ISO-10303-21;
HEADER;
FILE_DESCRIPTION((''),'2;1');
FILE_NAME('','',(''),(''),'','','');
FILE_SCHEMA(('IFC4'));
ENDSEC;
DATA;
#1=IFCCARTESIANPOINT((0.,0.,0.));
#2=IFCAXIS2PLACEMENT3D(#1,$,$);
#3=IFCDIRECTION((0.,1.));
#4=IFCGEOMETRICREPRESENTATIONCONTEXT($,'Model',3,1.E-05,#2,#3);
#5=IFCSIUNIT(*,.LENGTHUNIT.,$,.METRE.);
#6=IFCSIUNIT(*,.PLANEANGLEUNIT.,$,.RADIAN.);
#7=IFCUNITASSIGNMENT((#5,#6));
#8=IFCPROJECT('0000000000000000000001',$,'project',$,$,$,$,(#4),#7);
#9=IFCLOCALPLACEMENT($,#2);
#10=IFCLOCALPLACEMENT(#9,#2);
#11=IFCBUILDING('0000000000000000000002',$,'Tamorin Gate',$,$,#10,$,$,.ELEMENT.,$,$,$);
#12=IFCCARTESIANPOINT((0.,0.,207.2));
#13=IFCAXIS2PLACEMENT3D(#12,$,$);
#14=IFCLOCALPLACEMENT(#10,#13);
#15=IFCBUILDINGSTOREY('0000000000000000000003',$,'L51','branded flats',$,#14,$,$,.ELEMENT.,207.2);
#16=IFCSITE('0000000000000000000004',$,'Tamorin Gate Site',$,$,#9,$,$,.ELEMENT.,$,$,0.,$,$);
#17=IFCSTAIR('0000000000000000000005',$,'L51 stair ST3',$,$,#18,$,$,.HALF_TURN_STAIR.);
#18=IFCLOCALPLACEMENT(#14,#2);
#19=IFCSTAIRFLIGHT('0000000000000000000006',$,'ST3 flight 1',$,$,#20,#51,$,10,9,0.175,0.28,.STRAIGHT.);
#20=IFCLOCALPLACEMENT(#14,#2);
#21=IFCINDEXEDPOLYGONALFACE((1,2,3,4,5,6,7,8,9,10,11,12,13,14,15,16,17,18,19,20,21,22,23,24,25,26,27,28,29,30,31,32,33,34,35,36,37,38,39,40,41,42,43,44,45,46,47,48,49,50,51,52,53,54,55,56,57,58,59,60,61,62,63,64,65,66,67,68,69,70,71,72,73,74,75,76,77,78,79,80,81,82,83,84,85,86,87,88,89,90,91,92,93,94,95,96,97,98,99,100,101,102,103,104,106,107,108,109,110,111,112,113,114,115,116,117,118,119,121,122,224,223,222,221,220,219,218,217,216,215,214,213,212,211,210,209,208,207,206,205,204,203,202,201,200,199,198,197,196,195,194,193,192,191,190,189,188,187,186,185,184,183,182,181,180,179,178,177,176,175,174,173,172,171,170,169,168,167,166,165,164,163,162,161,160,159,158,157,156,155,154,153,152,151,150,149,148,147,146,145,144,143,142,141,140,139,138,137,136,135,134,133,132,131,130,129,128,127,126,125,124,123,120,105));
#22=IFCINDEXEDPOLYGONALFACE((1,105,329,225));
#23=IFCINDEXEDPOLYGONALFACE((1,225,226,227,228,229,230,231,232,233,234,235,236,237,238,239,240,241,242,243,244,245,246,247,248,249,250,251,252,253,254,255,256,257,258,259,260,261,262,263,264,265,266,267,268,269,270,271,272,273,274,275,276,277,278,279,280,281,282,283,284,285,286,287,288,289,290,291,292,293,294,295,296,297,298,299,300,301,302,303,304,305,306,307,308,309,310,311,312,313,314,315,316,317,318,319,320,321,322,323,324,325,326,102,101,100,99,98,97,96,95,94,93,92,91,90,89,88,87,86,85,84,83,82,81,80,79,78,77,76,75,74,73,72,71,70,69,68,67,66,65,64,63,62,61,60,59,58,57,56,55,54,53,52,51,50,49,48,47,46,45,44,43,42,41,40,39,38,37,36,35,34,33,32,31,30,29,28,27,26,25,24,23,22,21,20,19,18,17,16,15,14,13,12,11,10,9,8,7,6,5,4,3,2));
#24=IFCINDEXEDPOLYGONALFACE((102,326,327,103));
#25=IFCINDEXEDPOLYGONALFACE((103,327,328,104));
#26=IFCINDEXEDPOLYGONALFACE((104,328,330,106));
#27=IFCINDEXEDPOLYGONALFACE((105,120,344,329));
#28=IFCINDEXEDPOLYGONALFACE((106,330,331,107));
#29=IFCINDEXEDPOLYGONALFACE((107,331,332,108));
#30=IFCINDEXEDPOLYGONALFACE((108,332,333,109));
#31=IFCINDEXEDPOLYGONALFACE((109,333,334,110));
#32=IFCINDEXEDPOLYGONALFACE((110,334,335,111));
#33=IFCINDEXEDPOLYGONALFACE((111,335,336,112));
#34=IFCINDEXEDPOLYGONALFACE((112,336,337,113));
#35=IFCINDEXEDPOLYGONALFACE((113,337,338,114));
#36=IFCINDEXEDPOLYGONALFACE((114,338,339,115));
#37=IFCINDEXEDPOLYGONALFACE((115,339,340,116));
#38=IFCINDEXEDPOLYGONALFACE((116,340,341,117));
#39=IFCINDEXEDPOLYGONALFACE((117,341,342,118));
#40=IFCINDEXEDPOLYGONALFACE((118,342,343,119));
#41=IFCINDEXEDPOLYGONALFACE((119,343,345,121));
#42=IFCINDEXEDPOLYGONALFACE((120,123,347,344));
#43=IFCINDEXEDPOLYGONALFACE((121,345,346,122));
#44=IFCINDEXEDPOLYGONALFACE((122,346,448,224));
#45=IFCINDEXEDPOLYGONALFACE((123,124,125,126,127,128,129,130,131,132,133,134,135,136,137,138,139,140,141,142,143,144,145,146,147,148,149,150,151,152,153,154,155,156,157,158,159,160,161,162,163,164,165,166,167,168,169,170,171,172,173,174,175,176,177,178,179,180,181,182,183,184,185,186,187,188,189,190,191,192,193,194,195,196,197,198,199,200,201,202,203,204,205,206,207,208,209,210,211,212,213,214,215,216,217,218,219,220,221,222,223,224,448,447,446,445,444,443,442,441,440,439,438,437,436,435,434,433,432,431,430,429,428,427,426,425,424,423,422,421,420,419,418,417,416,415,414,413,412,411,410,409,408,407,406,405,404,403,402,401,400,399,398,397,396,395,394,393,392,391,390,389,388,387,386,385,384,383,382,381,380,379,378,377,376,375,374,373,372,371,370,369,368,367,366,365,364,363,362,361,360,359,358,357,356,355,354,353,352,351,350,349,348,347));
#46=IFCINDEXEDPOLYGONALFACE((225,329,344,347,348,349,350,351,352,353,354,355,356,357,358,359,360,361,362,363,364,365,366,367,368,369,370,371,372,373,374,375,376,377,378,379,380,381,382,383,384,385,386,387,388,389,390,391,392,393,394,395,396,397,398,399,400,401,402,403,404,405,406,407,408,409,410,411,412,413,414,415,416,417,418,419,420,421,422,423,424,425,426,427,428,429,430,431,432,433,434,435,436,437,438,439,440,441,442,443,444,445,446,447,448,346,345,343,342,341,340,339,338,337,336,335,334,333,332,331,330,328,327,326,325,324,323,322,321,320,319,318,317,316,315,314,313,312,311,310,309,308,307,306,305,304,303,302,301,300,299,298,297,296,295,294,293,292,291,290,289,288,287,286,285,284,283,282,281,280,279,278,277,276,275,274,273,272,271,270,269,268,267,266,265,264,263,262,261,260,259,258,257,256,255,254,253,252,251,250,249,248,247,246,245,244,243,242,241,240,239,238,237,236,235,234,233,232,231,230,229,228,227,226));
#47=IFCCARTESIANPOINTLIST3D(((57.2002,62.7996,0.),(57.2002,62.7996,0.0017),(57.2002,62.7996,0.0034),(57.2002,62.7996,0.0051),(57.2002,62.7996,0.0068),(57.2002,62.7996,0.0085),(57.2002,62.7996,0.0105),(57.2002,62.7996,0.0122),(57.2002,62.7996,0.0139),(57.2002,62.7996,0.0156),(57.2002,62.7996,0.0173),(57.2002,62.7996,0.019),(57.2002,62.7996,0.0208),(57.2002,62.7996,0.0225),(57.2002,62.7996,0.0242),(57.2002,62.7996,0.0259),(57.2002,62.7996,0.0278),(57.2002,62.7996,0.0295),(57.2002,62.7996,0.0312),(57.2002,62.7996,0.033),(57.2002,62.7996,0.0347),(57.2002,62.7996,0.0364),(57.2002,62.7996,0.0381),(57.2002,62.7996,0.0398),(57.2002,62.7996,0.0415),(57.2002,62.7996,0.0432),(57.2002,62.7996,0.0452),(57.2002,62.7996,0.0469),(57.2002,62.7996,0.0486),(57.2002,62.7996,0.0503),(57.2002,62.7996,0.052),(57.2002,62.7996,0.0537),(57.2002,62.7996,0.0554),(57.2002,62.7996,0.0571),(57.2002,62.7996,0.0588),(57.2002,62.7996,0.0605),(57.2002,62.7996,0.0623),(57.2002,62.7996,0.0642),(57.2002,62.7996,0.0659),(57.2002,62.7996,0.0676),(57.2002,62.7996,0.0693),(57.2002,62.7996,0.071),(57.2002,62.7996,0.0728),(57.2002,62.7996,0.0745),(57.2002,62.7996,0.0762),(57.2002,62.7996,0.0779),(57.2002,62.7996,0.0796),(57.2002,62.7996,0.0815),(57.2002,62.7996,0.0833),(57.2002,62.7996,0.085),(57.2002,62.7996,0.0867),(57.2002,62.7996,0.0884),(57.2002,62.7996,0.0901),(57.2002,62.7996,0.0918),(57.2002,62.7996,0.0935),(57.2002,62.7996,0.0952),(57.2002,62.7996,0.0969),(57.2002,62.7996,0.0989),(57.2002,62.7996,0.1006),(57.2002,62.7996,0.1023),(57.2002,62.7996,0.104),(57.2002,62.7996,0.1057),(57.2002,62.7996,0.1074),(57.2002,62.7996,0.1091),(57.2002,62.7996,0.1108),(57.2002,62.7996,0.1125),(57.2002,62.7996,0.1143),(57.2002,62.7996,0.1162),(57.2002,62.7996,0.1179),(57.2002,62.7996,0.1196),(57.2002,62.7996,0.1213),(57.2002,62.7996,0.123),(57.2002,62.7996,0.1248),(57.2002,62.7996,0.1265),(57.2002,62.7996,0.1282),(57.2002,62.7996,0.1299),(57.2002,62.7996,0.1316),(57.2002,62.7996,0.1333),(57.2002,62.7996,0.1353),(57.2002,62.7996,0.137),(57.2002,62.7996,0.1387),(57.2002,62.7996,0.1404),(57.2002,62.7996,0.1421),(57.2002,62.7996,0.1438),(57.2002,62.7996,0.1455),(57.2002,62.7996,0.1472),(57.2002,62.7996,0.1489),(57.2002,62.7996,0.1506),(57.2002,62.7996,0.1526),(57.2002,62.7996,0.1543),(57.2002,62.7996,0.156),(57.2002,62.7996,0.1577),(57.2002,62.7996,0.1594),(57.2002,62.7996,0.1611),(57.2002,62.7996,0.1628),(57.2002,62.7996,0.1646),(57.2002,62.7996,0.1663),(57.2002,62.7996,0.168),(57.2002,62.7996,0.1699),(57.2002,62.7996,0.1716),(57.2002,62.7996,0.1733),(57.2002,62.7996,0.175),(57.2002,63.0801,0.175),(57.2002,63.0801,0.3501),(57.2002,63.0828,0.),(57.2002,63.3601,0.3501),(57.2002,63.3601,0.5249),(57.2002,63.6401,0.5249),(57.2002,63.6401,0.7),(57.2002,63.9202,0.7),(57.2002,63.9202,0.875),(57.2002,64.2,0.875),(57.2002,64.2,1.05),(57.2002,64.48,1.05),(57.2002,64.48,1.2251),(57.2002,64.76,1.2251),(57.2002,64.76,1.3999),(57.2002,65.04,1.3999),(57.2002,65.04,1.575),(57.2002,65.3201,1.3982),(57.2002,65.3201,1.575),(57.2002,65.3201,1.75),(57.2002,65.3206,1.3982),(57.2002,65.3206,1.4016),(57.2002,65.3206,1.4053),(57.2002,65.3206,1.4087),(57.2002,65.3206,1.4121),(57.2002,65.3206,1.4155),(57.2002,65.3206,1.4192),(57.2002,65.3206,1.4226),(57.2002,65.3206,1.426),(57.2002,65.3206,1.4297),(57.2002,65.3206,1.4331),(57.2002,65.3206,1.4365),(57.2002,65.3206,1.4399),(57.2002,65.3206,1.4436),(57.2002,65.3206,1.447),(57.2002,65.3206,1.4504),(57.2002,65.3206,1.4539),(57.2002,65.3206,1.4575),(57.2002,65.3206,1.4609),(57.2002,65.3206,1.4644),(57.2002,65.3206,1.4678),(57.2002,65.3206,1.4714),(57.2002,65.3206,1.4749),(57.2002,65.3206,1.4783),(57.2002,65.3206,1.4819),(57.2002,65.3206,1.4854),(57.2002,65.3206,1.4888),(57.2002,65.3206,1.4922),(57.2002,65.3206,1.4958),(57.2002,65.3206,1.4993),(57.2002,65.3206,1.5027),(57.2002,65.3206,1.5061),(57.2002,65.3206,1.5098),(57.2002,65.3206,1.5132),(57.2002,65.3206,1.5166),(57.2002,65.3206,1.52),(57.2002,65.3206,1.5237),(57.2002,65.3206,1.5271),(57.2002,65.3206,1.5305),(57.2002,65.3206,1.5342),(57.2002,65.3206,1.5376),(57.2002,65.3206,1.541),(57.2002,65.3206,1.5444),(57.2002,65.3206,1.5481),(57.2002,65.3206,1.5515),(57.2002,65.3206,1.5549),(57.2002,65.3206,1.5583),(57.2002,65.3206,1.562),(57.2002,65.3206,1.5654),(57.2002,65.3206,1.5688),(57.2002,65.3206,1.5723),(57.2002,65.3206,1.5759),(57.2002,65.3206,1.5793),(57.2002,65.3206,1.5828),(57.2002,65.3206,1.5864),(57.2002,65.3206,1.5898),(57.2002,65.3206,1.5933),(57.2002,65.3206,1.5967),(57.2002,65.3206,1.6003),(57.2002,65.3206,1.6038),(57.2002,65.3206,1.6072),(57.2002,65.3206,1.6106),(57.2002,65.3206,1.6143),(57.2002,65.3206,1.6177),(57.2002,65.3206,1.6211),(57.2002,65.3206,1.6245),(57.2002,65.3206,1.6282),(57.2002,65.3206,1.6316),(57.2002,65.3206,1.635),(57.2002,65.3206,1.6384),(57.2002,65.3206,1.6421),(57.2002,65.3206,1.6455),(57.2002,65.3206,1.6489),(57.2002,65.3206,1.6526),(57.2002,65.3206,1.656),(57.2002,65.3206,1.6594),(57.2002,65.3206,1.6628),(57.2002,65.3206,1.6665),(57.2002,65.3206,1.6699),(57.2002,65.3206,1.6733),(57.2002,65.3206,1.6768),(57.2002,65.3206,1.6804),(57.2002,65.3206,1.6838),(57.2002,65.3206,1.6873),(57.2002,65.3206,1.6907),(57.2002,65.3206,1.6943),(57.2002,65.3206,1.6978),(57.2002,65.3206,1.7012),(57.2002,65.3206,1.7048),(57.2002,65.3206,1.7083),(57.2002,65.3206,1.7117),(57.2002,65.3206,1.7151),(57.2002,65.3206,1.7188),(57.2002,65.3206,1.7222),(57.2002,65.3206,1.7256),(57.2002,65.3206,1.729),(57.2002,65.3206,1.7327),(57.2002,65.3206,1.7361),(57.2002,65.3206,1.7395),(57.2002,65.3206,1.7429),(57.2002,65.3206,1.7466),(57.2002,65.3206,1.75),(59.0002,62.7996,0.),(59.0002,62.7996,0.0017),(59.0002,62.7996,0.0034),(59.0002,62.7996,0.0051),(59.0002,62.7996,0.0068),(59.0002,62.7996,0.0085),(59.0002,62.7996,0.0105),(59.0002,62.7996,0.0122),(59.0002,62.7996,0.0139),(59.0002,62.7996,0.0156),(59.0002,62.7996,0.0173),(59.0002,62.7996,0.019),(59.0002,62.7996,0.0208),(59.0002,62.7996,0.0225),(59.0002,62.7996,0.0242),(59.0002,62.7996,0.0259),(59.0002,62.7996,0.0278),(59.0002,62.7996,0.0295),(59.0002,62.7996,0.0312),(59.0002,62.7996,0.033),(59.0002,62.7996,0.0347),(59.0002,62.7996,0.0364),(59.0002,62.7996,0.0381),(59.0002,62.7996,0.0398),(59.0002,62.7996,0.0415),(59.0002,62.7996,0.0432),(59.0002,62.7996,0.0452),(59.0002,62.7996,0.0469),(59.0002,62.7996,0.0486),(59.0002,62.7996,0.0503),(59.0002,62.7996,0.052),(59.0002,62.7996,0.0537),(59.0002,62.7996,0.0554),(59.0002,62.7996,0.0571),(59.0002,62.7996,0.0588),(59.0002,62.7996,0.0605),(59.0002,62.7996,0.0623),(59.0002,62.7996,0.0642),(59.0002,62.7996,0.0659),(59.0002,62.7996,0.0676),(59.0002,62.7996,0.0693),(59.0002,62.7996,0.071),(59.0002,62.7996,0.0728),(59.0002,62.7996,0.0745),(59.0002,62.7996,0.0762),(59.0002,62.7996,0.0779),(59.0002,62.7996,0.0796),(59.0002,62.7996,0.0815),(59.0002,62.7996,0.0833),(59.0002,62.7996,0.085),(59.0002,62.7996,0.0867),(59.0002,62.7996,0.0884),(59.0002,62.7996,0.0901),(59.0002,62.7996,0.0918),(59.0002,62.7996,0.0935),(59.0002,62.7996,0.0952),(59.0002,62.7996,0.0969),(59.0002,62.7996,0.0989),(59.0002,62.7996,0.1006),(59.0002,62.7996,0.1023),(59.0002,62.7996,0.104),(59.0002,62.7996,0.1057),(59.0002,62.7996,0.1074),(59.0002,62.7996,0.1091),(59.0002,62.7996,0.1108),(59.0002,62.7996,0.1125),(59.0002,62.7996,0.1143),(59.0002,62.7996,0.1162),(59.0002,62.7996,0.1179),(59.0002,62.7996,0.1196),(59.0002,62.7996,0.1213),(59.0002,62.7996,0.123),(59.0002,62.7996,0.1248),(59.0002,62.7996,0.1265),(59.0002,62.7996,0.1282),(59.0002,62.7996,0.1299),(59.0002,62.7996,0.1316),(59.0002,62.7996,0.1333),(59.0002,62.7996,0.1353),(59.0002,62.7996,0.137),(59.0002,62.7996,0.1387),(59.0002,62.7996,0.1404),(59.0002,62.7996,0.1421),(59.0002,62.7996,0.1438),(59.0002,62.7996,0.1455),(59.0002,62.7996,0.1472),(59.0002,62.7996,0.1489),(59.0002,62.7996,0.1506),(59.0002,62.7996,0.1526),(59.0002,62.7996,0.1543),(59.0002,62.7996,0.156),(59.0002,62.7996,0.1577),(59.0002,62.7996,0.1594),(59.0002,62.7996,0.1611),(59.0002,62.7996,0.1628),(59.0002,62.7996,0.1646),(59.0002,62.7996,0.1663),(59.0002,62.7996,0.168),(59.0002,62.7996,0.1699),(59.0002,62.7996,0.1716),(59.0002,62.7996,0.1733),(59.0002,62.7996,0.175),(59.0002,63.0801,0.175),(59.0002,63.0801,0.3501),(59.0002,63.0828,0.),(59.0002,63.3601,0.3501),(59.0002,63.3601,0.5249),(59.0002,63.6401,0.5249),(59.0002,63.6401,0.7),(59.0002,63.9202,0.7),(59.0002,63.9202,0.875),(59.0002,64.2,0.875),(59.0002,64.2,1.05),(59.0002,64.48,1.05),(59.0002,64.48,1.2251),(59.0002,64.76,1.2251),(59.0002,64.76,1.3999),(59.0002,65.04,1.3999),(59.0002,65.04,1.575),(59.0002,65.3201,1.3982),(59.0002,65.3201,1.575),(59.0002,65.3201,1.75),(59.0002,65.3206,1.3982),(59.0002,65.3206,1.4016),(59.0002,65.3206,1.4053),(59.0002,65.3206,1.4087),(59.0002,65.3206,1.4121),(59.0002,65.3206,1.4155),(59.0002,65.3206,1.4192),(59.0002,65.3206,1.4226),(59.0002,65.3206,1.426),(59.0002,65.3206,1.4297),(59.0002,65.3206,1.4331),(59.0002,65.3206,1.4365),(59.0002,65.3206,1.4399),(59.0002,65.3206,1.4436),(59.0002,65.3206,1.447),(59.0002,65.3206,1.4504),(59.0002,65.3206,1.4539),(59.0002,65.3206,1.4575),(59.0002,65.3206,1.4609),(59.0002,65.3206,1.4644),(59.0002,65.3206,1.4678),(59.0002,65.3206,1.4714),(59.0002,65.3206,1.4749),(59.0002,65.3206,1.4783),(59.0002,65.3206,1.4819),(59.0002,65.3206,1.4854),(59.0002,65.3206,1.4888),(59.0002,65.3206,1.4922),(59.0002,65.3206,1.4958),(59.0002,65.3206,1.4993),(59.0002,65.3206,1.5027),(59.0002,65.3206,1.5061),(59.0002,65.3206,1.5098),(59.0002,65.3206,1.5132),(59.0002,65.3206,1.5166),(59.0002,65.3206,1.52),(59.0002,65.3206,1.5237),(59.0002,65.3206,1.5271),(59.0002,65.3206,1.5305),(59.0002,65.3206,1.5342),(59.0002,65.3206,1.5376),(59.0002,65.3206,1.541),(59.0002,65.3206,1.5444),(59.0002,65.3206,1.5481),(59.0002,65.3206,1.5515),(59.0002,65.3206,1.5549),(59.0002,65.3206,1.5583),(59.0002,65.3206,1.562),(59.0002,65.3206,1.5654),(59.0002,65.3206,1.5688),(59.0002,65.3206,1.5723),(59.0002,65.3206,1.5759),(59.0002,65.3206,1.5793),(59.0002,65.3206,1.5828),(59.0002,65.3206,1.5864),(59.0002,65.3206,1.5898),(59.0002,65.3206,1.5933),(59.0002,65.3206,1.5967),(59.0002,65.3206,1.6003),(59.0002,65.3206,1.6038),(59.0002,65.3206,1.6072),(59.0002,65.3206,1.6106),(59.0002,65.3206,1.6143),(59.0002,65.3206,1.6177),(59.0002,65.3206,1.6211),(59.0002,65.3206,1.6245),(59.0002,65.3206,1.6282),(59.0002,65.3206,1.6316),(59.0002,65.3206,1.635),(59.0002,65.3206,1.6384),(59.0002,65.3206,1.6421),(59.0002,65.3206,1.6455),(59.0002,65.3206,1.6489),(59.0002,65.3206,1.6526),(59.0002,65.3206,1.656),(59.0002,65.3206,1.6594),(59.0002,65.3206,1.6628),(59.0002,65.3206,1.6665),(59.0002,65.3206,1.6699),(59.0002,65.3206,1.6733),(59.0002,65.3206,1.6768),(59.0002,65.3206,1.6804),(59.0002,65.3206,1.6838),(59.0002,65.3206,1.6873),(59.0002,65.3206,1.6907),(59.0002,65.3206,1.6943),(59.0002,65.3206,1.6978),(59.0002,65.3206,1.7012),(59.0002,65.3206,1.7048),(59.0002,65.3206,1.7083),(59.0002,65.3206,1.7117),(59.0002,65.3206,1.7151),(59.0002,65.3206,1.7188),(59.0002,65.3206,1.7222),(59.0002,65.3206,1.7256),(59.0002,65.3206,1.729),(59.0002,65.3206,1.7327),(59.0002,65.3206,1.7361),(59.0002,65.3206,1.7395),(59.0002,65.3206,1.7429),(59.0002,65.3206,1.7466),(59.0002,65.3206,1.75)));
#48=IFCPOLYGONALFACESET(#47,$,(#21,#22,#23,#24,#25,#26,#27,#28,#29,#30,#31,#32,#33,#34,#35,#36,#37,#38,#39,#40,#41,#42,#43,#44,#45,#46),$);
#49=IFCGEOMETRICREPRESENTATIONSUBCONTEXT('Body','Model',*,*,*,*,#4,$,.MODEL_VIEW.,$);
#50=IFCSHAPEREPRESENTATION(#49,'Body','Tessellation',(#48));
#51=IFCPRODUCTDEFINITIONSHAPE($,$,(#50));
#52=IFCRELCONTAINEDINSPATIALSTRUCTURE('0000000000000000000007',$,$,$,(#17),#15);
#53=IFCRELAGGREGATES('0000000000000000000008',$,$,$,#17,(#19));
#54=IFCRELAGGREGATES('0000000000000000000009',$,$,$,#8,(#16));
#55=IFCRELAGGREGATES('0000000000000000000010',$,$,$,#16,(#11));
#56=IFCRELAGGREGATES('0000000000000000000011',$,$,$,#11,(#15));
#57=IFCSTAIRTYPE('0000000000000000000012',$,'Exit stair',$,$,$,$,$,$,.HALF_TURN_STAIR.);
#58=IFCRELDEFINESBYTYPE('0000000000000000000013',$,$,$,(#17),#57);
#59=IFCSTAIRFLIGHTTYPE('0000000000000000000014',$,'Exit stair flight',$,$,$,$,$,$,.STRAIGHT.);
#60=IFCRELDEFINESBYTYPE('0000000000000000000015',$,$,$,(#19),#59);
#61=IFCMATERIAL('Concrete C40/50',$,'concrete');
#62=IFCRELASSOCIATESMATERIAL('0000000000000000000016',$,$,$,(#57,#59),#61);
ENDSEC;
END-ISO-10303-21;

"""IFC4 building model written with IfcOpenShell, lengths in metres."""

from ifc_helpers import new_model, si_unit, direction, frame, origin, place, context, subcontext, project, spatial, polyline, outline, extrude, material, type_object, element, aggregate, save


model = new_model("IFC4")

# Units and contexts
model_context = context("Model", 3, precision=1e-05, world=origin(), true_north=direction((0.0, 1.0)))
body_context = subcontext(model_context, "Body", "Model", "MODEL_VIEW")
ifc_project = project(units=[si_unit("LENGTHUNIT", "METRE"), si_unit("PLANEANGLEUNIT", "RADIAN")], contexts=[model_context])

# Site, building, storey
site_placement = place(None, origin())
site = spatial("IfcSite", under=ifc_project, at=site_placement, Name="Tamorin Gate Site", CompositionType="ELEMENT", RefElevation=0.0)
building_placement = place(site_placement, origin())
building = spatial("IfcBuilding", under=site, at=building_placement, Name="Tamorin Gate", CompositionType="ELEMENT")
storey_placement = place(building_placement, frame((0.0, 0.0, 207.2)))
storey = spatial("IfcBuildingStorey", under=building, at=storey_placement, Name="L51", Description="branded flats", CompositionType="ELEMENT", Elevation=207.2)

# Shared definitions
ifc_material_1 = material(Name="Concrete C40/50", Category="concrete")

# Stair, stair flight
stair_type = type_object("IfcStairType", Name="Exit stair", PredefinedType="HALF_TURN_STAIR", material=ifc_material_1)
stair_placement = place(storey_placement, origin())
stair = element("IfcStair", 1, at=stair_placement, inside=storey, type_object=stair_type, Name="L51 stair ST3", PredefinedType="HALF_TURN_STAIR")
stair_flight_type = type_object("IfcStairFlightType", Name="Exit stair flight", PredefinedType="STRAIGHT", material=ifc_material_1)
stair_flight_1_placement = place(storey_placement, frame((58.1001, 62.8, 0.0), z_axis=(0.0, 0.0, 1.0), x_axis=(0.0, 1.0, 0.0)))
stair_flight_1 = element("IfcStairFlight", 2, at=stair_flight_1_placement, type_object=stair_flight_type, Name="ST3 flight 1", NumberOfRisers=10, NumberOfTreads=9, PredefinedType="STRAIGHT", RiserHeight=0.175, TreadLength=0.28, context=body_context, shape_type="SweptSolid", body=[
    extrude(outline(polyline([(-0.0005, 0.0), (-0.0005, 0.0017), (-0.0005, 0.0034), (-0.0005, 0.0051), (-0.0005, 0.0068), (-0.0005, 0.0085), (-0.0005, 0.0105), (-0.0005, 0.0122), (-0.0005, 0.0139), (-0.0005, 0.0156), (-0.0005, 0.0173), (-0.0005, 0.019), (-0.0005, 0.0208), (-0.0005, 0.0225), (-0.0005, 0.0242), (-0.0005, 0.0259), (-0.0005, 0.0278), (-0.0005, 0.0295), (-0.0005, 0.0312), (-0.0005, 0.033), (-0.0005, 0.0347), (-0.0005, 0.0364), (-0.0005, 0.0381), (-0.0005, 0.0398), (-0.0005, 0.0415), (-0.0005, 0.0432), (-0.0005, 0.0452), (-0.0005, 0.0469), (-0.0005, 0.0486), (-0.0005, 0.0503), (-0.0005, 0.052), (-0.0005, 0.0537), (-0.0005, 0.0554), (-0.0005, 0.0571), (-0.0005, 0.0588), (-0.0005, 0.0605), (-0.0005, 0.0623), (-0.0005, 0.0642), (-0.0005, 0.0659), (-0.0005, 0.0676), (-0.0005, 0.0693), (-0.0005, 0.071), (-0.0005, 0.0728), (-0.0005, 0.0745), (-0.0005, 0.0762), (-0.0005, 0.0779), (-0.0005, 0.0796), (-0.0005, 0.0815), (-0.0005, 0.0833), (-0.0005, 0.085), (-0.0005, 0.0867), (-0.0005, 0.0884), (-0.0005, 0.0901), (-0.0005, 0.0918), (-0.0005, 0.0935), (-0.0005, 0.0952), (-0.0005, 0.0969), (-0.0005, 0.0989), (-0.0005, 0.1006), (-0.0005, 0.1023), (-0.0005, 0.104), (-0.0005, 0.1057), (-0.0005, 0.1074), (-0.0005, 0.1091), (-0.0005, 0.1108), (-0.0005, 0.1125), (-0.0005, 0.1143), (-0.0005, 0.1162), (-0.0005, 0.1179), (-0.0005, 0.1196), (-0.0005, 0.1213), (-0.0005, 0.123), (-0.0005, 0.1248), (-0.0005, 0.1265), (-0.0005, 0.1282), (-0.0005, 0.1299), (-0.0005, 0.1316), (-0.0005, 0.1333), (-0.0005, 0.1353), (-0.0005, 0.137), (-0.0005, 0.1387), (-0.0005, 0.1404), (-0.0005, 0.1421), (-0.0005, 0.1438), (-0.0005, 0.1455), (-0.0005, 0.1472), (-0.0005, 0.1489), (-0.0005, 0.1506), (-0.0005, 0.1526), (-0.0005, 0.1543), (-0.0005, 0.156), (-0.0005, 0.1577), (-0.0005, 0.1594), (-0.0005, 0.1611), (-0.0005, 0.1628), (-0.0005, 0.1646), (-0.0005, 0.1663), (-0.0005, 0.168), (-0.0005, 0.1699), (-0.0005, 0.1716), (-0.0005, 0.1733), (-0.0005, 0.175), (0.28, 0.175), (0.28, 0.3501), (0.5601, 0.3501), (0.5601, 0.5249), (0.8401, 0.5249), (0.8401, 0.7), (1.1201, 0.7), (1.1201, 0.875), (1.3999, 0.875), (1.3999, 1.05), (1.6799, 1.05), (1.6799, 1.2251), (1.96, 1.2251), (1.96, 1.3999), (2.24, 1.3999), (2.24, 1.575), (2.52, 1.575), (2.52, 1.75), (2.5205, 1.75), (2.5205, 1.7466), (2.5205, 1.7429), (2.5205, 1.7395), (2.5205, 1.7361), (2.5205, 1.7327), (2.5205, 1.729), (2.5205, 1.7256), (2.5205, 1.7222), (2.5205, 1.7188), (2.5205, 1.7151), (2.5205, 1.7117), (2.5205, 1.7083), (2.5205, 1.7048), (2.5205, 1.7012), (2.5205, 1.6978), (2.5205, 1.6943), (2.5205, 1.6907), (2.5205, 1.6873), (2.5205, 1.6838), (2.5205, 1.6804), (2.5205, 1.6768), (2.5205, 1.6733), (2.5205, 1.6699), (2.5205, 1.6665), (2.5205, 1.6628), (2.5205, 1.6594), (2.5205, 1.656), (2.5205, 1.6526), (2.5205, 1.6489), (2.5205, 1.6455), (2.5205, 1.6421), (2.5205, 1.6384), (2.5205, 1.635), (2.5205, 1.6316), (2.5205, 1.6282), (2.5205, 1.6245), (2.5205, 1.6211), (2.5205, 1.6177), (2.5205, 1.6143), (2.5205, 1.6106), (2.5205, 1.6072), (2.5205, 1.6038), (2.5205, 1.6003), (2.5205, 1.5967), (2.5205, 1.5933), (2.5205, 1.5898), (2.5205, 1.5864), (2.5205, 1.5828), (2.5205, 1.5793), (2.5205, 1.5759), (2.5205, 1.5723), (2.5205, 1.5688), (2.5205, 1.5654), (2.5205, 1.562), (2.5205, 1.5583), (2.5205, 1.5549), (2.5205, 1.5515), (2.5205, 1.5481), (2.5205, 1.5444), (2.5205, 1.541), (2.5205, 1.5376), (2.5205, 1.5342), (2.5205, 1.5305), (2.5205, 1.5271), (2.5205, 1.5237), (2.5205, 1.52), (2.5205, 1.5166), (2.5205, 1.5132), (2.5205, 1.5098), (2.5205, 1.5061), (2.5205, 1.5027), (2.5205, 1.4993), (2.5205, 1.4958), (2.5205, 1.4922), (2.5205, 1.4888), (2.5205, 1.4854), (2.5205, 1.4819), (2.5205, 1.4783), (2.5205, 1.4749), (2.5205, 1.4714), (2.5205, 1.4678), (2.5205, 1.4644), (2.5205, 1.4609), (2.5205, 1.4575), (2.5205, 1.4539), (2.5205, 1.4504), (2.5205, 1.447), (2.5205, 1.4436), (2.5205, 1.4399), (2.5205, 1.4365), (2.5205, 1.4331), (2.5205, 1.4297), (2.5205, 1.426), (2.5205, 1.4226), (2.5205, 1.4192), (2.5205, 1.4155), (2.5205, 1.4121), (2.5205, 1.4087), (2.5205, 1.4053), (2.5205, 1.4016), (2.5205, 1.3982), (2.52, 1.3982), (0.2827, 0.0), (-0.0005, 0.0)])), frame((0.0, 0.8999, 0.0), z_axis=(0.0, -1.0, 0.0), x_axis=(1.0, 0.0, 0.0)), (0.0, 0.0, 1.0), 1.8),
])
aggregate(stair, [stair_flight_1])

save(model, "model.ifc")
